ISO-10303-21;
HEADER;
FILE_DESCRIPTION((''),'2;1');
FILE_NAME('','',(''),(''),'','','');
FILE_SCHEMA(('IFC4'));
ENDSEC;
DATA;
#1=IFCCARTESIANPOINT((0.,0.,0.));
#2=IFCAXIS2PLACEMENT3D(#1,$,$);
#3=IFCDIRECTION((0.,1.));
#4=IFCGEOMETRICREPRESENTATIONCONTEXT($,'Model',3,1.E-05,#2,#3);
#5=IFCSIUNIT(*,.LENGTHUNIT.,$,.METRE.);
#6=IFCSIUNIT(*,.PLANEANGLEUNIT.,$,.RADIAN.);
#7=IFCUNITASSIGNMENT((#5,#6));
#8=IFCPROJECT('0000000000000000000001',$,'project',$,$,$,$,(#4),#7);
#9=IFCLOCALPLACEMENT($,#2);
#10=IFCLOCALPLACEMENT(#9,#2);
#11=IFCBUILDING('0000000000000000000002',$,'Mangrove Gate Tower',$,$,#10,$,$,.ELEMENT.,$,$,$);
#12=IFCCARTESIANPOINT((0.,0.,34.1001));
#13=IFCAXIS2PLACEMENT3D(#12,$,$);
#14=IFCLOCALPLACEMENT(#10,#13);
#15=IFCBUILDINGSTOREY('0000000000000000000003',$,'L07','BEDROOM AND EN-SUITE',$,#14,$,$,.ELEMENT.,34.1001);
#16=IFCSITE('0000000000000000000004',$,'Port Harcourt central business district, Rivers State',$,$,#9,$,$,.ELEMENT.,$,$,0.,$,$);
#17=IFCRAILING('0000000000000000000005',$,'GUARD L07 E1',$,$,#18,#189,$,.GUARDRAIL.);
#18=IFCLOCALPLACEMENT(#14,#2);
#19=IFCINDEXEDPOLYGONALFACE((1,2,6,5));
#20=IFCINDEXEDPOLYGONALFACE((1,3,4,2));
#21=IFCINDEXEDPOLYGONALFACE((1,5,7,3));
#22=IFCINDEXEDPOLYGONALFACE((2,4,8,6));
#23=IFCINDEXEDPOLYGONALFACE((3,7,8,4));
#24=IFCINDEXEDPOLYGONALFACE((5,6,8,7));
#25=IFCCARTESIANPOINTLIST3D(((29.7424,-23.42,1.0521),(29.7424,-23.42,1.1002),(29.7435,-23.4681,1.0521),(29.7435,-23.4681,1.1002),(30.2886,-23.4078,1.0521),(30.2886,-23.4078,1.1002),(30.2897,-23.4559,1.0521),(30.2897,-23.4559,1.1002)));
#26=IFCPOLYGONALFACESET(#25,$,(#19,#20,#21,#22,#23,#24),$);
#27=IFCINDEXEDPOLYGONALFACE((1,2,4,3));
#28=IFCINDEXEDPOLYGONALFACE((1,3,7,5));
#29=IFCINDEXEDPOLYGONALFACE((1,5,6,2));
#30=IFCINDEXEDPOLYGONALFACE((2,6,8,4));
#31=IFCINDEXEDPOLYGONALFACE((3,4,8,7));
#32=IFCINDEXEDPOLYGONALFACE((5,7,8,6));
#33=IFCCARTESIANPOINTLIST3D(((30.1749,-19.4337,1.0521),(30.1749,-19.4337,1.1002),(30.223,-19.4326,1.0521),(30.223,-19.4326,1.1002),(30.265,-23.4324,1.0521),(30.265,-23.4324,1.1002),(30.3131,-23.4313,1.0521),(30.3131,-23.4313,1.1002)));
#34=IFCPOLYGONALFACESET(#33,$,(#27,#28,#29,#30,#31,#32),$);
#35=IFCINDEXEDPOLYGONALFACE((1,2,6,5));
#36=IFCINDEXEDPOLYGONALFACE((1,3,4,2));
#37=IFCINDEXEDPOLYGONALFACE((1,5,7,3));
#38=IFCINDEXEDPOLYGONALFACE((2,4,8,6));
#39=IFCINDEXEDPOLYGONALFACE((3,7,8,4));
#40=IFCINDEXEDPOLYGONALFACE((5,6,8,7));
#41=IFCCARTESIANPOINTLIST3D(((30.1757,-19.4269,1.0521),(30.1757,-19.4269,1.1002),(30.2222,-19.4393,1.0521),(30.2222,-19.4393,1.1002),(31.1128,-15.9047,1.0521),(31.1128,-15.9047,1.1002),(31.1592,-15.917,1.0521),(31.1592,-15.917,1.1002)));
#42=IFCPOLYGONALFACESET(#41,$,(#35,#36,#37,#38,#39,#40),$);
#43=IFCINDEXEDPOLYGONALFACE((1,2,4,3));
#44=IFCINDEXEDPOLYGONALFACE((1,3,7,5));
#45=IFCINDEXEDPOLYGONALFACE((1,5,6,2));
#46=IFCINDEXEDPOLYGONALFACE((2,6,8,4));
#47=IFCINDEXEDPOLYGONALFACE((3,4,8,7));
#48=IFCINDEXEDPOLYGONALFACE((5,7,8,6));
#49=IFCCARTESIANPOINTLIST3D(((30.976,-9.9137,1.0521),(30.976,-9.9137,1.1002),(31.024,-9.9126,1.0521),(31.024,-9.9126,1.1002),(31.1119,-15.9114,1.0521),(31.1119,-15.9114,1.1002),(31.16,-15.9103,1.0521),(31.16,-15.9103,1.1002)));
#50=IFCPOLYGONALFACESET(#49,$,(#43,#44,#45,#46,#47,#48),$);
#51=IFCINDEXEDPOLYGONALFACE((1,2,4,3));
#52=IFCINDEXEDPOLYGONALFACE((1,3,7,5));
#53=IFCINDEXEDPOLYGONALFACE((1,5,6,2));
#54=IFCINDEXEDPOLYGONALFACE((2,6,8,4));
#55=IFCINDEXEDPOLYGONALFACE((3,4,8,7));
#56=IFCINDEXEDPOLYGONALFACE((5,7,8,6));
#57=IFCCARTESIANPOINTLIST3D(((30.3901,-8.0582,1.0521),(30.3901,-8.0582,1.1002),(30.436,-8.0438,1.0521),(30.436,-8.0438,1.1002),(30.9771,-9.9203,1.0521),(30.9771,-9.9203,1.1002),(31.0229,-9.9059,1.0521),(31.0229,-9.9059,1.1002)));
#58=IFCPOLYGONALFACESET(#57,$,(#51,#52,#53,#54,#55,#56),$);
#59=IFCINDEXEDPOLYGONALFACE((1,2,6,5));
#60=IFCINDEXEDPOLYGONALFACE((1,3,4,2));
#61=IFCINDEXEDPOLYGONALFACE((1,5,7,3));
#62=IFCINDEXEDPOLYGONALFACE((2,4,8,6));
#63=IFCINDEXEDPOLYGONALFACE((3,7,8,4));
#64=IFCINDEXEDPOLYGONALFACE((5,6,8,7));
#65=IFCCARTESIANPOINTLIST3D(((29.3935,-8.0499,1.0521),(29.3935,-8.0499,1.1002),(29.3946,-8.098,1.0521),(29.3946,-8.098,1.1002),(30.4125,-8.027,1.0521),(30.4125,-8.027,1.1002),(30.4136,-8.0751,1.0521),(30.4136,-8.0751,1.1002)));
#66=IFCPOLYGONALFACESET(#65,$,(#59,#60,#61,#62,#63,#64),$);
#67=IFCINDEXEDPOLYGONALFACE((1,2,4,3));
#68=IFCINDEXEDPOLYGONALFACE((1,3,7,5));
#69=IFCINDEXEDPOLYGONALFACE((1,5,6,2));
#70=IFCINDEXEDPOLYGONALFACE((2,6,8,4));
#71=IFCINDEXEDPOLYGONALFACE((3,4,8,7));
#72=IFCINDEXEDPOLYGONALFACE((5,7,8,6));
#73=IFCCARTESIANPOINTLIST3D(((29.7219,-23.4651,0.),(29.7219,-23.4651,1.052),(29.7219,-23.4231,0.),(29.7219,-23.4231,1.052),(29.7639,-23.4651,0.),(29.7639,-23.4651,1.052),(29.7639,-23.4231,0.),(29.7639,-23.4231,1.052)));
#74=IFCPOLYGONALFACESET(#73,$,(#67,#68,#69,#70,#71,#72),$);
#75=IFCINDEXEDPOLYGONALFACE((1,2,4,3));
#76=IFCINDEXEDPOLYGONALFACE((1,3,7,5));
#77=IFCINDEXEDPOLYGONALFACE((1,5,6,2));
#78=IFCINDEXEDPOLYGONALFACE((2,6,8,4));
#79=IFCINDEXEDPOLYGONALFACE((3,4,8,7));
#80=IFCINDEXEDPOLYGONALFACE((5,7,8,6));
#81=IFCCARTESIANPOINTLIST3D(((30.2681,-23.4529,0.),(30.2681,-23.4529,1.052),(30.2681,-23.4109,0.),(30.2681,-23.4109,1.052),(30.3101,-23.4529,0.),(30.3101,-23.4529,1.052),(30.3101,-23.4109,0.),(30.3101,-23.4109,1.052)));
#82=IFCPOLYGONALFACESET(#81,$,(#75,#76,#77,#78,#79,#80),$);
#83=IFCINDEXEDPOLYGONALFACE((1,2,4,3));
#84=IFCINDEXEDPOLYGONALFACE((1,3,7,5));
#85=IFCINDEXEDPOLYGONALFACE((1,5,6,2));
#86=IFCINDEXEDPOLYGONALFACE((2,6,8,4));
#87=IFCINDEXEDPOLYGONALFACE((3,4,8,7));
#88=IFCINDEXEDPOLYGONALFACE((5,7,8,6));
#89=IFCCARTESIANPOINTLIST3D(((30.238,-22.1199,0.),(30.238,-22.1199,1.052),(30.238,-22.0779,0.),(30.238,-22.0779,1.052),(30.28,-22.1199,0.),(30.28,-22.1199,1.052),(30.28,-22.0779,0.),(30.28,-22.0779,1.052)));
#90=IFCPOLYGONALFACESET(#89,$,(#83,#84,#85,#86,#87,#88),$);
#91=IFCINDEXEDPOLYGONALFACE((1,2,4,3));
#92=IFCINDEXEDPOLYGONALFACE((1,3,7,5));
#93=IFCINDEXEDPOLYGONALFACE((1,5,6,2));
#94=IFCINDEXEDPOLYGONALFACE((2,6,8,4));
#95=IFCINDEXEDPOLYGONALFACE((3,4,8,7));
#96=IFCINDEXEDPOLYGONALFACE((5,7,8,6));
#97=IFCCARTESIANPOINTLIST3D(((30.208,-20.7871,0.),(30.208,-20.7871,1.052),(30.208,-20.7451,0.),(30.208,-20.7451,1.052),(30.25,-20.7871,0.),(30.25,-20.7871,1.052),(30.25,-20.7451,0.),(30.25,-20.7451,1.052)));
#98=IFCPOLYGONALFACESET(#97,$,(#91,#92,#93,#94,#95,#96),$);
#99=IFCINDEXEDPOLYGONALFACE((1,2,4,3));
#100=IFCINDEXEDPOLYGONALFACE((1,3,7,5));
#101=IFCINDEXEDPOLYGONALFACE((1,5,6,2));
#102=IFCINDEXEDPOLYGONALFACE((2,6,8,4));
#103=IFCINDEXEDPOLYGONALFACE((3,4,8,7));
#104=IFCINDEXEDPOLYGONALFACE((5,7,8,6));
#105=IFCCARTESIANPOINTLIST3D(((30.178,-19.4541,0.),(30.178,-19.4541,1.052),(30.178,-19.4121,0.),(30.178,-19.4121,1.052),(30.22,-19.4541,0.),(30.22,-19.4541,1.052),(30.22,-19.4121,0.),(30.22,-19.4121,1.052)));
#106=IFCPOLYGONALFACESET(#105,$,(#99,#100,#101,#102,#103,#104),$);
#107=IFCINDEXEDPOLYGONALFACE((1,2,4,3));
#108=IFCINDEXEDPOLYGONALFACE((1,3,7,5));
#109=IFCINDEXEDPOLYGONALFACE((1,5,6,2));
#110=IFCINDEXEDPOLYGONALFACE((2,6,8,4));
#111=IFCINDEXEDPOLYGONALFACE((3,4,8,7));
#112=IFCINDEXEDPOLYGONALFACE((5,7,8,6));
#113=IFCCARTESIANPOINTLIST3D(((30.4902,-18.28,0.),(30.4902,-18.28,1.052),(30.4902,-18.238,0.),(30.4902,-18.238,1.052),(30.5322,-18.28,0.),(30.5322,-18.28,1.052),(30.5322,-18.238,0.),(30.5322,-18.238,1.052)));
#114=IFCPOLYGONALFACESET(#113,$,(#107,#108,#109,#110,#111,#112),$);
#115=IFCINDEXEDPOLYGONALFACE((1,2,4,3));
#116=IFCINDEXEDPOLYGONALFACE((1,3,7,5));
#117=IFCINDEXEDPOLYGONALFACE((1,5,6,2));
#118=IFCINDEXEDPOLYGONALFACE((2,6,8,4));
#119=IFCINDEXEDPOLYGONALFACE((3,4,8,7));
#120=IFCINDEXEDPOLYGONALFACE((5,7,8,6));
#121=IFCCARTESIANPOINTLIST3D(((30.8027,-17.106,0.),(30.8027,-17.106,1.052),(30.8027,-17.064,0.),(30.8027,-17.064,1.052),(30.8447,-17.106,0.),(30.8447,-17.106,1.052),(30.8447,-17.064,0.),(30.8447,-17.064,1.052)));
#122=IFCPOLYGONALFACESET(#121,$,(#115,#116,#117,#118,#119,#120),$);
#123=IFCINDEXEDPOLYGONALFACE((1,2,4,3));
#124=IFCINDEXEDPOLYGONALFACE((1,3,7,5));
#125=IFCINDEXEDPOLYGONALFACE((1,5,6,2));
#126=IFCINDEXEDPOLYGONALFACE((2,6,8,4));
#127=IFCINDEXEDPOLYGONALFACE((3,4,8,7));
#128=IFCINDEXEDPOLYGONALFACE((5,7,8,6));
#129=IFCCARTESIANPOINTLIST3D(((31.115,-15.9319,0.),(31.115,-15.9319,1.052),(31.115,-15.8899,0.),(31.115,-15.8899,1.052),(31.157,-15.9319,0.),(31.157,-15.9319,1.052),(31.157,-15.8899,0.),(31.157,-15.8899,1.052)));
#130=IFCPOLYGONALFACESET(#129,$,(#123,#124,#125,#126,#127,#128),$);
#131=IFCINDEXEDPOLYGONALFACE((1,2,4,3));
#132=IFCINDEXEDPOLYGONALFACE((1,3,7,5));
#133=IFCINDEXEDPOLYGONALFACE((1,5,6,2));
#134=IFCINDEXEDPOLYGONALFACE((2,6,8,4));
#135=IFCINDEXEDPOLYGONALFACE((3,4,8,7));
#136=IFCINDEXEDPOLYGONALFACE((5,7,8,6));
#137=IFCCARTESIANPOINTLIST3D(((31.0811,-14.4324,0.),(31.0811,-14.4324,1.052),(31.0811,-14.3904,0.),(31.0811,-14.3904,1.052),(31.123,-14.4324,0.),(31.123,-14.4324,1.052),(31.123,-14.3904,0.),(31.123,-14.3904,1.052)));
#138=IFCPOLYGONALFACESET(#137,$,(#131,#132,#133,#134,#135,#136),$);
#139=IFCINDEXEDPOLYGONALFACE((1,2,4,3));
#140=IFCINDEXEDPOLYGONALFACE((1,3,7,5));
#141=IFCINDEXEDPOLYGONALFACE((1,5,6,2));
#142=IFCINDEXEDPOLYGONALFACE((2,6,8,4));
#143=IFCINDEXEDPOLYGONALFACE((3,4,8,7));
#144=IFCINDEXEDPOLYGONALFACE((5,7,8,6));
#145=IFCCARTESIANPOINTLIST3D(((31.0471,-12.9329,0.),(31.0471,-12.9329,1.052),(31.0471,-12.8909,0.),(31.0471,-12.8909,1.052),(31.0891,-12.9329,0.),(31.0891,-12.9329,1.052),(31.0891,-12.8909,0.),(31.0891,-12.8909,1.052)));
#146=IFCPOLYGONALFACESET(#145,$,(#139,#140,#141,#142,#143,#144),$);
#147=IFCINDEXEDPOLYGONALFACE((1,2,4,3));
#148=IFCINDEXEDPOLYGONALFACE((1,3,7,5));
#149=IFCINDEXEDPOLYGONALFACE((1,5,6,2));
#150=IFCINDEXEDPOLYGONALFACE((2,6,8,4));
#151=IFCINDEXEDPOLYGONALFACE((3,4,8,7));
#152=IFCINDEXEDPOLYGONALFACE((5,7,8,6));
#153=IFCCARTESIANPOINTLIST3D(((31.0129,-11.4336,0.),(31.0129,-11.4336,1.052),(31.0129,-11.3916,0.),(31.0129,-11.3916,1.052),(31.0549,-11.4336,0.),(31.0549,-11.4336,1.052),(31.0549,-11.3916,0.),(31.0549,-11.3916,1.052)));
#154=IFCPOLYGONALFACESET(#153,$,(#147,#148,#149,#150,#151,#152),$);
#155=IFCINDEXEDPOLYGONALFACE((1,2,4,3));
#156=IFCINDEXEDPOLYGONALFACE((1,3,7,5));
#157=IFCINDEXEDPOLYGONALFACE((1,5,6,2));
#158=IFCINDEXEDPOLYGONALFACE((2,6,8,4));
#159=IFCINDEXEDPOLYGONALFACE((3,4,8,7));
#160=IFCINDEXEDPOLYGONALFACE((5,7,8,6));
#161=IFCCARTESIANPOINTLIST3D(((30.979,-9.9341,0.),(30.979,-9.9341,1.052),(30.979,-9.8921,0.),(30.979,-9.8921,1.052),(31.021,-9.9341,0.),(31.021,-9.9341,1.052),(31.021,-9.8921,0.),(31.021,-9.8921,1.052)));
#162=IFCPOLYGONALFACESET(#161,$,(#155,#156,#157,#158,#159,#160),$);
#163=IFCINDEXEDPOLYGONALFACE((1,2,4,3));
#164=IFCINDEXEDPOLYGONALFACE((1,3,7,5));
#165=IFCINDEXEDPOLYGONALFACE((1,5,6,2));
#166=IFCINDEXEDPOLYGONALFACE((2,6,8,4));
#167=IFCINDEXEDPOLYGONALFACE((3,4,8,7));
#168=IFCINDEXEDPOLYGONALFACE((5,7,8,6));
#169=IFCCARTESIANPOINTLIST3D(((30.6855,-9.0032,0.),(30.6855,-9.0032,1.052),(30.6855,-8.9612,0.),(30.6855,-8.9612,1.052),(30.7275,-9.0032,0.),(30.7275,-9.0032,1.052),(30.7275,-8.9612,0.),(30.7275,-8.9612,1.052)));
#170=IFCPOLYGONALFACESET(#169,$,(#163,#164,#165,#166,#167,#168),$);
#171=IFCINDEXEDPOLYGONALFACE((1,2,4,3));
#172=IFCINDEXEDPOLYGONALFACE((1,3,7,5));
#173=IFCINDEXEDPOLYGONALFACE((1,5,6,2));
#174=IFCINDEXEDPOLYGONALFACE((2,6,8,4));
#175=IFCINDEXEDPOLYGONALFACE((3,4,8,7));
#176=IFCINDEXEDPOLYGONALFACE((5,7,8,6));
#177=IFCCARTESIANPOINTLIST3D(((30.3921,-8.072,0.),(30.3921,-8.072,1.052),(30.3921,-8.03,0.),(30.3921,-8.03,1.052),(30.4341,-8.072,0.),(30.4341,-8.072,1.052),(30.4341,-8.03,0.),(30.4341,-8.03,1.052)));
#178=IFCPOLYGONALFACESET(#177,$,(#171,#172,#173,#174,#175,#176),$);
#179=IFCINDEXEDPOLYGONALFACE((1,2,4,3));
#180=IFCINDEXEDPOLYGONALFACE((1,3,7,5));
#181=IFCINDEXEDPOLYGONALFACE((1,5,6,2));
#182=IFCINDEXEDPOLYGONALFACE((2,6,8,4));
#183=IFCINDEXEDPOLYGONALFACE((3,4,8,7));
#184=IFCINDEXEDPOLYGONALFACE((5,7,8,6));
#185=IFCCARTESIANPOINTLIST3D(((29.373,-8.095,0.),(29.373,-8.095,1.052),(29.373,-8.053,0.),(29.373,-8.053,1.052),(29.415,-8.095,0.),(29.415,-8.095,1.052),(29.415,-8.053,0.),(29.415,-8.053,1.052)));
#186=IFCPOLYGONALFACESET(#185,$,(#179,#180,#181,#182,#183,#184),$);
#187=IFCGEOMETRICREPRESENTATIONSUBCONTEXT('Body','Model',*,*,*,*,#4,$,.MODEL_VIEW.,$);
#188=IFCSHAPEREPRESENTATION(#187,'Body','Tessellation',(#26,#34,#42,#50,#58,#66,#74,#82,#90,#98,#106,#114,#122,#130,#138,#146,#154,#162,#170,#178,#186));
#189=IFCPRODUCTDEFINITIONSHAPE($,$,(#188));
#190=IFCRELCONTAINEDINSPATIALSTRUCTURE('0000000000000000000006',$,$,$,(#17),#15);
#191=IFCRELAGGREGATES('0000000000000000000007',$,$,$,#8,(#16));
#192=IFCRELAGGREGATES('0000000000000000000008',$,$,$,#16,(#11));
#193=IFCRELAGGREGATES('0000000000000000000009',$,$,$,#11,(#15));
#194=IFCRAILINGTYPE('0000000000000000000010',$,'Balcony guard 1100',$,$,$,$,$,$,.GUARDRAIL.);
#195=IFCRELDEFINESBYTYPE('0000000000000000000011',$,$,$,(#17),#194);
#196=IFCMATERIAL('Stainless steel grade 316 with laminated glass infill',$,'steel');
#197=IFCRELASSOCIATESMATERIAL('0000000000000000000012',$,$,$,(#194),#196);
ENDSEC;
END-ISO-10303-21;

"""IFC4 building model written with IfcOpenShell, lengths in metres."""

from ifc_helpers import new_model, si_unit, direction, frame, origin, origin_2d, place, context, subcontext, project, spatial, rectangle, extrude, material, type_object, element, save


model = new_model("IFC4")

# Units and contexts
model_context = context("Model", 3, precision=1e-05, world=origin(), true_north=direction((0.0, 1.0)))
body_context = subcontext(model_context, "Body", "Model", "MODEL_VIEW")
ifc_project = project(units=[si_unit("LENGTHUNIT", "METRE"), si_unit("PLANEANGLEUNIT", "RADIAN")], contexts=[model_context])

# Site, building, storey
site_placement = place(None, origin())
site = spatial("IfcSite", under=ifc_project, at=site_placement, Name="Port Harcourt central business district, Rivers State", CompositionType="ELEMENT", RefElevation=0.0)
building_placement = place(site_placement, origin())
building = spatial("IfcBuilding", under=site, at=building_placement, Name="Mangrove Gate Tower", CompositionType="ELEMENT")
storey_placement = place(building_placement, frame((0.0, 0.0, 34.1001)))
storey = spatial("IfcBuildingStorey", under=building, at=storey_placement, Name="L07", Description="BEDROOM AND EN-SUITE", CompositionType="ELEMENT", Elevation=34.1001)

# Railing
ifc_material_1 = material(Name="Stainless steel grade 316 with laminated glass infill", Category="steel")
railing_type = type_object("IfcRailingType", Name="Balcony guard 1100", PredefinedType="GUARDRAIL", material=ifc_material_1)
railing_placement = place(storey_placement, frame((29.7429, -23.4441, 0.0)))
element("IfcRailing", 1, at=railing_placement, inside=storey, type_object=railing_type, Name="GUARD L07 E1", PredefinedType="GUARDRAIL", context=body_context, shape_type="SweptSolid", body=[
    extrude(rectangle(XDim=0.0481, YDim=0.0481, at=origin_2d()), frame((0.0, 0.0, 1.0762), z_axis=(0.99975, 0.022346, 0.0), x_axis=(-0.022346, 0.99975, 0.0)), (0.0, 0.0, 1.0), 0.5464),
    extrude(rectangle(XDim=0.0481, YDim=0.0481, at=origin_2d()), frame((0.5461, 0.0122, 1.0762), z_axis=(-0.022523, 0.999746, 0.0), x_axis=(-0.999746, -0.022523, 0.0)), (0.0, 0.0, 1.0), 3.9998),
    extrude(rectangle(XDim=0.0481, YDim=0.0481, at=origin_2d()), frame((0.4561, 4.011, 1.0762), z_axis=(0.257087, 0.966388, 0.0), x_axis=(-0.966388, 0.257087, 0.0)), (0.0, 0.0, 1.0), 3.6448),
    extrude(rectangle(XDim=0.0481, YDim=0.0481, at=origin_2d()), frame((1.3931, 7.5332, 1.0762), z_axis=(-0.022667, 0.999743, 0.0), x_axis=(-0.999743, -0.022667, 0.0)), (0.0, 0.0, 1.0), 5.9993),
    extrude(rectangle(XDim=0.0481, YDim=0.0481, at=origin_2d()), frame((1.2571, 13.531, 1.0762), z_axis=(-0.300617, 0.953745, 0.0), x_axis=(-0.953745, -0.300617, 0.0)), (0.0, 0.0, 1.0), 1.9524),
    extrude(rectangle(XDim=0.0481, YDim=0.0481, at=origin_2d()), frame((0.6702, 15.3931, 1.0762), z_axis=(-0.999747, -0.022515, 0.0), x_axis=(0.022515, -0.999747, 0.0)), (0.0, 0.0, 1.0), 1.0193),
    extrude(rectangle(XDim=0.042, YDim=0.042, at=origin_2d()), origin(), (0.0, 0.0, 1.0), 1.052),
    extrude(rectangle(XDim=0.042, YDim=0.042, at=origin_2d()), frame((0.5461, 0.0122, 0.0)), (0.0, 0.0, 1.0), 1.052),
    extrude(rectangle(XDim=0.042, YDim=0.042, at=origin_2d()), frame((0.5161, 1.3452, 0.0)), (0.0, 0.0, 1.0), 1.052),
    extrude(rectangle(XDim=0.042, YDim=0.042, at=origin_2d()), frame((0.4861, 2.678, 0.0)), (0.0, 0.0, 1.0), 1.052),
    extrude(rectangle(XDim=0.042, YDim=0.042, at=origin_2d()), frame((0.4561, 4.011, 0.0)), (0.0, 0.0, 1.0), 1.052),
    extrude(rectangle(XDim=0.042, YDim=0.042, at=origin_2d()), frame((0.7683, 5.1851, 0.0)), (0.0, 0.0, 1.0), 1.052),
    extrude(rectangle(XDim=0.042, YDim=0.042, at=origin_2d()), frame((1.0808, 6.3591, 0.0)), (0.0, 0.0, 1.0), 1.052),
    extrude(rectangle(XDim=0.042, YDim=0.042, at=origin_2d()), frame((1.3931, 7.5332, 0.0)), (0.0, 0.0, 1.0), 1.052),
    extrude(rectangle(XDim=0.042, YDim=0.042, at=origin_2d()), frame((1.3591, 9.0327, 0.0)), (0.0, 0.0, 1.0), 1.052),
    extrude(rectangle(XDim=0.042, YDim=0.042, at=origin_2d()), frame((1.3252, 10.5322, 0.0)), (0.0, 0.0, 1.0), 1.052),
    extrude(rectangle(XDim=0.042, YDim=0.042, at=origin_2d()), frame((1.291, 12.0315, 0.0)), (0.0, 0.0, 1.0), 1.052),
    extrude(rectangle(XDim=0.042, YDim=0.042, at=origin_2d()), frame((1.2571, 13.531, 0.0)), (0.0, 0.0, 1.0), 1.052),
    extrude(rectangle(XDim=0.042, YDim=0.042, at=origin_2d()), frame((0.9636, 14.4619, 0.0)), (0.0, 0.0, 1.0), 1.052),
    extrude(rectangle(XDim=0.042, YDim=0.042, at=origin_2d()), frame((0.6702, 15.3931, 0.0)), (0.0, 0.0, 1.0), 1.052),
    extrude(rectangle(XDim=0.042, YDim=0.042, at=origin_2d()), frame((-0.3489, 15.3701, 0.0)), (0.0, 0.0, 1.0), 1.052),
])

save(model, "model.ifc")
